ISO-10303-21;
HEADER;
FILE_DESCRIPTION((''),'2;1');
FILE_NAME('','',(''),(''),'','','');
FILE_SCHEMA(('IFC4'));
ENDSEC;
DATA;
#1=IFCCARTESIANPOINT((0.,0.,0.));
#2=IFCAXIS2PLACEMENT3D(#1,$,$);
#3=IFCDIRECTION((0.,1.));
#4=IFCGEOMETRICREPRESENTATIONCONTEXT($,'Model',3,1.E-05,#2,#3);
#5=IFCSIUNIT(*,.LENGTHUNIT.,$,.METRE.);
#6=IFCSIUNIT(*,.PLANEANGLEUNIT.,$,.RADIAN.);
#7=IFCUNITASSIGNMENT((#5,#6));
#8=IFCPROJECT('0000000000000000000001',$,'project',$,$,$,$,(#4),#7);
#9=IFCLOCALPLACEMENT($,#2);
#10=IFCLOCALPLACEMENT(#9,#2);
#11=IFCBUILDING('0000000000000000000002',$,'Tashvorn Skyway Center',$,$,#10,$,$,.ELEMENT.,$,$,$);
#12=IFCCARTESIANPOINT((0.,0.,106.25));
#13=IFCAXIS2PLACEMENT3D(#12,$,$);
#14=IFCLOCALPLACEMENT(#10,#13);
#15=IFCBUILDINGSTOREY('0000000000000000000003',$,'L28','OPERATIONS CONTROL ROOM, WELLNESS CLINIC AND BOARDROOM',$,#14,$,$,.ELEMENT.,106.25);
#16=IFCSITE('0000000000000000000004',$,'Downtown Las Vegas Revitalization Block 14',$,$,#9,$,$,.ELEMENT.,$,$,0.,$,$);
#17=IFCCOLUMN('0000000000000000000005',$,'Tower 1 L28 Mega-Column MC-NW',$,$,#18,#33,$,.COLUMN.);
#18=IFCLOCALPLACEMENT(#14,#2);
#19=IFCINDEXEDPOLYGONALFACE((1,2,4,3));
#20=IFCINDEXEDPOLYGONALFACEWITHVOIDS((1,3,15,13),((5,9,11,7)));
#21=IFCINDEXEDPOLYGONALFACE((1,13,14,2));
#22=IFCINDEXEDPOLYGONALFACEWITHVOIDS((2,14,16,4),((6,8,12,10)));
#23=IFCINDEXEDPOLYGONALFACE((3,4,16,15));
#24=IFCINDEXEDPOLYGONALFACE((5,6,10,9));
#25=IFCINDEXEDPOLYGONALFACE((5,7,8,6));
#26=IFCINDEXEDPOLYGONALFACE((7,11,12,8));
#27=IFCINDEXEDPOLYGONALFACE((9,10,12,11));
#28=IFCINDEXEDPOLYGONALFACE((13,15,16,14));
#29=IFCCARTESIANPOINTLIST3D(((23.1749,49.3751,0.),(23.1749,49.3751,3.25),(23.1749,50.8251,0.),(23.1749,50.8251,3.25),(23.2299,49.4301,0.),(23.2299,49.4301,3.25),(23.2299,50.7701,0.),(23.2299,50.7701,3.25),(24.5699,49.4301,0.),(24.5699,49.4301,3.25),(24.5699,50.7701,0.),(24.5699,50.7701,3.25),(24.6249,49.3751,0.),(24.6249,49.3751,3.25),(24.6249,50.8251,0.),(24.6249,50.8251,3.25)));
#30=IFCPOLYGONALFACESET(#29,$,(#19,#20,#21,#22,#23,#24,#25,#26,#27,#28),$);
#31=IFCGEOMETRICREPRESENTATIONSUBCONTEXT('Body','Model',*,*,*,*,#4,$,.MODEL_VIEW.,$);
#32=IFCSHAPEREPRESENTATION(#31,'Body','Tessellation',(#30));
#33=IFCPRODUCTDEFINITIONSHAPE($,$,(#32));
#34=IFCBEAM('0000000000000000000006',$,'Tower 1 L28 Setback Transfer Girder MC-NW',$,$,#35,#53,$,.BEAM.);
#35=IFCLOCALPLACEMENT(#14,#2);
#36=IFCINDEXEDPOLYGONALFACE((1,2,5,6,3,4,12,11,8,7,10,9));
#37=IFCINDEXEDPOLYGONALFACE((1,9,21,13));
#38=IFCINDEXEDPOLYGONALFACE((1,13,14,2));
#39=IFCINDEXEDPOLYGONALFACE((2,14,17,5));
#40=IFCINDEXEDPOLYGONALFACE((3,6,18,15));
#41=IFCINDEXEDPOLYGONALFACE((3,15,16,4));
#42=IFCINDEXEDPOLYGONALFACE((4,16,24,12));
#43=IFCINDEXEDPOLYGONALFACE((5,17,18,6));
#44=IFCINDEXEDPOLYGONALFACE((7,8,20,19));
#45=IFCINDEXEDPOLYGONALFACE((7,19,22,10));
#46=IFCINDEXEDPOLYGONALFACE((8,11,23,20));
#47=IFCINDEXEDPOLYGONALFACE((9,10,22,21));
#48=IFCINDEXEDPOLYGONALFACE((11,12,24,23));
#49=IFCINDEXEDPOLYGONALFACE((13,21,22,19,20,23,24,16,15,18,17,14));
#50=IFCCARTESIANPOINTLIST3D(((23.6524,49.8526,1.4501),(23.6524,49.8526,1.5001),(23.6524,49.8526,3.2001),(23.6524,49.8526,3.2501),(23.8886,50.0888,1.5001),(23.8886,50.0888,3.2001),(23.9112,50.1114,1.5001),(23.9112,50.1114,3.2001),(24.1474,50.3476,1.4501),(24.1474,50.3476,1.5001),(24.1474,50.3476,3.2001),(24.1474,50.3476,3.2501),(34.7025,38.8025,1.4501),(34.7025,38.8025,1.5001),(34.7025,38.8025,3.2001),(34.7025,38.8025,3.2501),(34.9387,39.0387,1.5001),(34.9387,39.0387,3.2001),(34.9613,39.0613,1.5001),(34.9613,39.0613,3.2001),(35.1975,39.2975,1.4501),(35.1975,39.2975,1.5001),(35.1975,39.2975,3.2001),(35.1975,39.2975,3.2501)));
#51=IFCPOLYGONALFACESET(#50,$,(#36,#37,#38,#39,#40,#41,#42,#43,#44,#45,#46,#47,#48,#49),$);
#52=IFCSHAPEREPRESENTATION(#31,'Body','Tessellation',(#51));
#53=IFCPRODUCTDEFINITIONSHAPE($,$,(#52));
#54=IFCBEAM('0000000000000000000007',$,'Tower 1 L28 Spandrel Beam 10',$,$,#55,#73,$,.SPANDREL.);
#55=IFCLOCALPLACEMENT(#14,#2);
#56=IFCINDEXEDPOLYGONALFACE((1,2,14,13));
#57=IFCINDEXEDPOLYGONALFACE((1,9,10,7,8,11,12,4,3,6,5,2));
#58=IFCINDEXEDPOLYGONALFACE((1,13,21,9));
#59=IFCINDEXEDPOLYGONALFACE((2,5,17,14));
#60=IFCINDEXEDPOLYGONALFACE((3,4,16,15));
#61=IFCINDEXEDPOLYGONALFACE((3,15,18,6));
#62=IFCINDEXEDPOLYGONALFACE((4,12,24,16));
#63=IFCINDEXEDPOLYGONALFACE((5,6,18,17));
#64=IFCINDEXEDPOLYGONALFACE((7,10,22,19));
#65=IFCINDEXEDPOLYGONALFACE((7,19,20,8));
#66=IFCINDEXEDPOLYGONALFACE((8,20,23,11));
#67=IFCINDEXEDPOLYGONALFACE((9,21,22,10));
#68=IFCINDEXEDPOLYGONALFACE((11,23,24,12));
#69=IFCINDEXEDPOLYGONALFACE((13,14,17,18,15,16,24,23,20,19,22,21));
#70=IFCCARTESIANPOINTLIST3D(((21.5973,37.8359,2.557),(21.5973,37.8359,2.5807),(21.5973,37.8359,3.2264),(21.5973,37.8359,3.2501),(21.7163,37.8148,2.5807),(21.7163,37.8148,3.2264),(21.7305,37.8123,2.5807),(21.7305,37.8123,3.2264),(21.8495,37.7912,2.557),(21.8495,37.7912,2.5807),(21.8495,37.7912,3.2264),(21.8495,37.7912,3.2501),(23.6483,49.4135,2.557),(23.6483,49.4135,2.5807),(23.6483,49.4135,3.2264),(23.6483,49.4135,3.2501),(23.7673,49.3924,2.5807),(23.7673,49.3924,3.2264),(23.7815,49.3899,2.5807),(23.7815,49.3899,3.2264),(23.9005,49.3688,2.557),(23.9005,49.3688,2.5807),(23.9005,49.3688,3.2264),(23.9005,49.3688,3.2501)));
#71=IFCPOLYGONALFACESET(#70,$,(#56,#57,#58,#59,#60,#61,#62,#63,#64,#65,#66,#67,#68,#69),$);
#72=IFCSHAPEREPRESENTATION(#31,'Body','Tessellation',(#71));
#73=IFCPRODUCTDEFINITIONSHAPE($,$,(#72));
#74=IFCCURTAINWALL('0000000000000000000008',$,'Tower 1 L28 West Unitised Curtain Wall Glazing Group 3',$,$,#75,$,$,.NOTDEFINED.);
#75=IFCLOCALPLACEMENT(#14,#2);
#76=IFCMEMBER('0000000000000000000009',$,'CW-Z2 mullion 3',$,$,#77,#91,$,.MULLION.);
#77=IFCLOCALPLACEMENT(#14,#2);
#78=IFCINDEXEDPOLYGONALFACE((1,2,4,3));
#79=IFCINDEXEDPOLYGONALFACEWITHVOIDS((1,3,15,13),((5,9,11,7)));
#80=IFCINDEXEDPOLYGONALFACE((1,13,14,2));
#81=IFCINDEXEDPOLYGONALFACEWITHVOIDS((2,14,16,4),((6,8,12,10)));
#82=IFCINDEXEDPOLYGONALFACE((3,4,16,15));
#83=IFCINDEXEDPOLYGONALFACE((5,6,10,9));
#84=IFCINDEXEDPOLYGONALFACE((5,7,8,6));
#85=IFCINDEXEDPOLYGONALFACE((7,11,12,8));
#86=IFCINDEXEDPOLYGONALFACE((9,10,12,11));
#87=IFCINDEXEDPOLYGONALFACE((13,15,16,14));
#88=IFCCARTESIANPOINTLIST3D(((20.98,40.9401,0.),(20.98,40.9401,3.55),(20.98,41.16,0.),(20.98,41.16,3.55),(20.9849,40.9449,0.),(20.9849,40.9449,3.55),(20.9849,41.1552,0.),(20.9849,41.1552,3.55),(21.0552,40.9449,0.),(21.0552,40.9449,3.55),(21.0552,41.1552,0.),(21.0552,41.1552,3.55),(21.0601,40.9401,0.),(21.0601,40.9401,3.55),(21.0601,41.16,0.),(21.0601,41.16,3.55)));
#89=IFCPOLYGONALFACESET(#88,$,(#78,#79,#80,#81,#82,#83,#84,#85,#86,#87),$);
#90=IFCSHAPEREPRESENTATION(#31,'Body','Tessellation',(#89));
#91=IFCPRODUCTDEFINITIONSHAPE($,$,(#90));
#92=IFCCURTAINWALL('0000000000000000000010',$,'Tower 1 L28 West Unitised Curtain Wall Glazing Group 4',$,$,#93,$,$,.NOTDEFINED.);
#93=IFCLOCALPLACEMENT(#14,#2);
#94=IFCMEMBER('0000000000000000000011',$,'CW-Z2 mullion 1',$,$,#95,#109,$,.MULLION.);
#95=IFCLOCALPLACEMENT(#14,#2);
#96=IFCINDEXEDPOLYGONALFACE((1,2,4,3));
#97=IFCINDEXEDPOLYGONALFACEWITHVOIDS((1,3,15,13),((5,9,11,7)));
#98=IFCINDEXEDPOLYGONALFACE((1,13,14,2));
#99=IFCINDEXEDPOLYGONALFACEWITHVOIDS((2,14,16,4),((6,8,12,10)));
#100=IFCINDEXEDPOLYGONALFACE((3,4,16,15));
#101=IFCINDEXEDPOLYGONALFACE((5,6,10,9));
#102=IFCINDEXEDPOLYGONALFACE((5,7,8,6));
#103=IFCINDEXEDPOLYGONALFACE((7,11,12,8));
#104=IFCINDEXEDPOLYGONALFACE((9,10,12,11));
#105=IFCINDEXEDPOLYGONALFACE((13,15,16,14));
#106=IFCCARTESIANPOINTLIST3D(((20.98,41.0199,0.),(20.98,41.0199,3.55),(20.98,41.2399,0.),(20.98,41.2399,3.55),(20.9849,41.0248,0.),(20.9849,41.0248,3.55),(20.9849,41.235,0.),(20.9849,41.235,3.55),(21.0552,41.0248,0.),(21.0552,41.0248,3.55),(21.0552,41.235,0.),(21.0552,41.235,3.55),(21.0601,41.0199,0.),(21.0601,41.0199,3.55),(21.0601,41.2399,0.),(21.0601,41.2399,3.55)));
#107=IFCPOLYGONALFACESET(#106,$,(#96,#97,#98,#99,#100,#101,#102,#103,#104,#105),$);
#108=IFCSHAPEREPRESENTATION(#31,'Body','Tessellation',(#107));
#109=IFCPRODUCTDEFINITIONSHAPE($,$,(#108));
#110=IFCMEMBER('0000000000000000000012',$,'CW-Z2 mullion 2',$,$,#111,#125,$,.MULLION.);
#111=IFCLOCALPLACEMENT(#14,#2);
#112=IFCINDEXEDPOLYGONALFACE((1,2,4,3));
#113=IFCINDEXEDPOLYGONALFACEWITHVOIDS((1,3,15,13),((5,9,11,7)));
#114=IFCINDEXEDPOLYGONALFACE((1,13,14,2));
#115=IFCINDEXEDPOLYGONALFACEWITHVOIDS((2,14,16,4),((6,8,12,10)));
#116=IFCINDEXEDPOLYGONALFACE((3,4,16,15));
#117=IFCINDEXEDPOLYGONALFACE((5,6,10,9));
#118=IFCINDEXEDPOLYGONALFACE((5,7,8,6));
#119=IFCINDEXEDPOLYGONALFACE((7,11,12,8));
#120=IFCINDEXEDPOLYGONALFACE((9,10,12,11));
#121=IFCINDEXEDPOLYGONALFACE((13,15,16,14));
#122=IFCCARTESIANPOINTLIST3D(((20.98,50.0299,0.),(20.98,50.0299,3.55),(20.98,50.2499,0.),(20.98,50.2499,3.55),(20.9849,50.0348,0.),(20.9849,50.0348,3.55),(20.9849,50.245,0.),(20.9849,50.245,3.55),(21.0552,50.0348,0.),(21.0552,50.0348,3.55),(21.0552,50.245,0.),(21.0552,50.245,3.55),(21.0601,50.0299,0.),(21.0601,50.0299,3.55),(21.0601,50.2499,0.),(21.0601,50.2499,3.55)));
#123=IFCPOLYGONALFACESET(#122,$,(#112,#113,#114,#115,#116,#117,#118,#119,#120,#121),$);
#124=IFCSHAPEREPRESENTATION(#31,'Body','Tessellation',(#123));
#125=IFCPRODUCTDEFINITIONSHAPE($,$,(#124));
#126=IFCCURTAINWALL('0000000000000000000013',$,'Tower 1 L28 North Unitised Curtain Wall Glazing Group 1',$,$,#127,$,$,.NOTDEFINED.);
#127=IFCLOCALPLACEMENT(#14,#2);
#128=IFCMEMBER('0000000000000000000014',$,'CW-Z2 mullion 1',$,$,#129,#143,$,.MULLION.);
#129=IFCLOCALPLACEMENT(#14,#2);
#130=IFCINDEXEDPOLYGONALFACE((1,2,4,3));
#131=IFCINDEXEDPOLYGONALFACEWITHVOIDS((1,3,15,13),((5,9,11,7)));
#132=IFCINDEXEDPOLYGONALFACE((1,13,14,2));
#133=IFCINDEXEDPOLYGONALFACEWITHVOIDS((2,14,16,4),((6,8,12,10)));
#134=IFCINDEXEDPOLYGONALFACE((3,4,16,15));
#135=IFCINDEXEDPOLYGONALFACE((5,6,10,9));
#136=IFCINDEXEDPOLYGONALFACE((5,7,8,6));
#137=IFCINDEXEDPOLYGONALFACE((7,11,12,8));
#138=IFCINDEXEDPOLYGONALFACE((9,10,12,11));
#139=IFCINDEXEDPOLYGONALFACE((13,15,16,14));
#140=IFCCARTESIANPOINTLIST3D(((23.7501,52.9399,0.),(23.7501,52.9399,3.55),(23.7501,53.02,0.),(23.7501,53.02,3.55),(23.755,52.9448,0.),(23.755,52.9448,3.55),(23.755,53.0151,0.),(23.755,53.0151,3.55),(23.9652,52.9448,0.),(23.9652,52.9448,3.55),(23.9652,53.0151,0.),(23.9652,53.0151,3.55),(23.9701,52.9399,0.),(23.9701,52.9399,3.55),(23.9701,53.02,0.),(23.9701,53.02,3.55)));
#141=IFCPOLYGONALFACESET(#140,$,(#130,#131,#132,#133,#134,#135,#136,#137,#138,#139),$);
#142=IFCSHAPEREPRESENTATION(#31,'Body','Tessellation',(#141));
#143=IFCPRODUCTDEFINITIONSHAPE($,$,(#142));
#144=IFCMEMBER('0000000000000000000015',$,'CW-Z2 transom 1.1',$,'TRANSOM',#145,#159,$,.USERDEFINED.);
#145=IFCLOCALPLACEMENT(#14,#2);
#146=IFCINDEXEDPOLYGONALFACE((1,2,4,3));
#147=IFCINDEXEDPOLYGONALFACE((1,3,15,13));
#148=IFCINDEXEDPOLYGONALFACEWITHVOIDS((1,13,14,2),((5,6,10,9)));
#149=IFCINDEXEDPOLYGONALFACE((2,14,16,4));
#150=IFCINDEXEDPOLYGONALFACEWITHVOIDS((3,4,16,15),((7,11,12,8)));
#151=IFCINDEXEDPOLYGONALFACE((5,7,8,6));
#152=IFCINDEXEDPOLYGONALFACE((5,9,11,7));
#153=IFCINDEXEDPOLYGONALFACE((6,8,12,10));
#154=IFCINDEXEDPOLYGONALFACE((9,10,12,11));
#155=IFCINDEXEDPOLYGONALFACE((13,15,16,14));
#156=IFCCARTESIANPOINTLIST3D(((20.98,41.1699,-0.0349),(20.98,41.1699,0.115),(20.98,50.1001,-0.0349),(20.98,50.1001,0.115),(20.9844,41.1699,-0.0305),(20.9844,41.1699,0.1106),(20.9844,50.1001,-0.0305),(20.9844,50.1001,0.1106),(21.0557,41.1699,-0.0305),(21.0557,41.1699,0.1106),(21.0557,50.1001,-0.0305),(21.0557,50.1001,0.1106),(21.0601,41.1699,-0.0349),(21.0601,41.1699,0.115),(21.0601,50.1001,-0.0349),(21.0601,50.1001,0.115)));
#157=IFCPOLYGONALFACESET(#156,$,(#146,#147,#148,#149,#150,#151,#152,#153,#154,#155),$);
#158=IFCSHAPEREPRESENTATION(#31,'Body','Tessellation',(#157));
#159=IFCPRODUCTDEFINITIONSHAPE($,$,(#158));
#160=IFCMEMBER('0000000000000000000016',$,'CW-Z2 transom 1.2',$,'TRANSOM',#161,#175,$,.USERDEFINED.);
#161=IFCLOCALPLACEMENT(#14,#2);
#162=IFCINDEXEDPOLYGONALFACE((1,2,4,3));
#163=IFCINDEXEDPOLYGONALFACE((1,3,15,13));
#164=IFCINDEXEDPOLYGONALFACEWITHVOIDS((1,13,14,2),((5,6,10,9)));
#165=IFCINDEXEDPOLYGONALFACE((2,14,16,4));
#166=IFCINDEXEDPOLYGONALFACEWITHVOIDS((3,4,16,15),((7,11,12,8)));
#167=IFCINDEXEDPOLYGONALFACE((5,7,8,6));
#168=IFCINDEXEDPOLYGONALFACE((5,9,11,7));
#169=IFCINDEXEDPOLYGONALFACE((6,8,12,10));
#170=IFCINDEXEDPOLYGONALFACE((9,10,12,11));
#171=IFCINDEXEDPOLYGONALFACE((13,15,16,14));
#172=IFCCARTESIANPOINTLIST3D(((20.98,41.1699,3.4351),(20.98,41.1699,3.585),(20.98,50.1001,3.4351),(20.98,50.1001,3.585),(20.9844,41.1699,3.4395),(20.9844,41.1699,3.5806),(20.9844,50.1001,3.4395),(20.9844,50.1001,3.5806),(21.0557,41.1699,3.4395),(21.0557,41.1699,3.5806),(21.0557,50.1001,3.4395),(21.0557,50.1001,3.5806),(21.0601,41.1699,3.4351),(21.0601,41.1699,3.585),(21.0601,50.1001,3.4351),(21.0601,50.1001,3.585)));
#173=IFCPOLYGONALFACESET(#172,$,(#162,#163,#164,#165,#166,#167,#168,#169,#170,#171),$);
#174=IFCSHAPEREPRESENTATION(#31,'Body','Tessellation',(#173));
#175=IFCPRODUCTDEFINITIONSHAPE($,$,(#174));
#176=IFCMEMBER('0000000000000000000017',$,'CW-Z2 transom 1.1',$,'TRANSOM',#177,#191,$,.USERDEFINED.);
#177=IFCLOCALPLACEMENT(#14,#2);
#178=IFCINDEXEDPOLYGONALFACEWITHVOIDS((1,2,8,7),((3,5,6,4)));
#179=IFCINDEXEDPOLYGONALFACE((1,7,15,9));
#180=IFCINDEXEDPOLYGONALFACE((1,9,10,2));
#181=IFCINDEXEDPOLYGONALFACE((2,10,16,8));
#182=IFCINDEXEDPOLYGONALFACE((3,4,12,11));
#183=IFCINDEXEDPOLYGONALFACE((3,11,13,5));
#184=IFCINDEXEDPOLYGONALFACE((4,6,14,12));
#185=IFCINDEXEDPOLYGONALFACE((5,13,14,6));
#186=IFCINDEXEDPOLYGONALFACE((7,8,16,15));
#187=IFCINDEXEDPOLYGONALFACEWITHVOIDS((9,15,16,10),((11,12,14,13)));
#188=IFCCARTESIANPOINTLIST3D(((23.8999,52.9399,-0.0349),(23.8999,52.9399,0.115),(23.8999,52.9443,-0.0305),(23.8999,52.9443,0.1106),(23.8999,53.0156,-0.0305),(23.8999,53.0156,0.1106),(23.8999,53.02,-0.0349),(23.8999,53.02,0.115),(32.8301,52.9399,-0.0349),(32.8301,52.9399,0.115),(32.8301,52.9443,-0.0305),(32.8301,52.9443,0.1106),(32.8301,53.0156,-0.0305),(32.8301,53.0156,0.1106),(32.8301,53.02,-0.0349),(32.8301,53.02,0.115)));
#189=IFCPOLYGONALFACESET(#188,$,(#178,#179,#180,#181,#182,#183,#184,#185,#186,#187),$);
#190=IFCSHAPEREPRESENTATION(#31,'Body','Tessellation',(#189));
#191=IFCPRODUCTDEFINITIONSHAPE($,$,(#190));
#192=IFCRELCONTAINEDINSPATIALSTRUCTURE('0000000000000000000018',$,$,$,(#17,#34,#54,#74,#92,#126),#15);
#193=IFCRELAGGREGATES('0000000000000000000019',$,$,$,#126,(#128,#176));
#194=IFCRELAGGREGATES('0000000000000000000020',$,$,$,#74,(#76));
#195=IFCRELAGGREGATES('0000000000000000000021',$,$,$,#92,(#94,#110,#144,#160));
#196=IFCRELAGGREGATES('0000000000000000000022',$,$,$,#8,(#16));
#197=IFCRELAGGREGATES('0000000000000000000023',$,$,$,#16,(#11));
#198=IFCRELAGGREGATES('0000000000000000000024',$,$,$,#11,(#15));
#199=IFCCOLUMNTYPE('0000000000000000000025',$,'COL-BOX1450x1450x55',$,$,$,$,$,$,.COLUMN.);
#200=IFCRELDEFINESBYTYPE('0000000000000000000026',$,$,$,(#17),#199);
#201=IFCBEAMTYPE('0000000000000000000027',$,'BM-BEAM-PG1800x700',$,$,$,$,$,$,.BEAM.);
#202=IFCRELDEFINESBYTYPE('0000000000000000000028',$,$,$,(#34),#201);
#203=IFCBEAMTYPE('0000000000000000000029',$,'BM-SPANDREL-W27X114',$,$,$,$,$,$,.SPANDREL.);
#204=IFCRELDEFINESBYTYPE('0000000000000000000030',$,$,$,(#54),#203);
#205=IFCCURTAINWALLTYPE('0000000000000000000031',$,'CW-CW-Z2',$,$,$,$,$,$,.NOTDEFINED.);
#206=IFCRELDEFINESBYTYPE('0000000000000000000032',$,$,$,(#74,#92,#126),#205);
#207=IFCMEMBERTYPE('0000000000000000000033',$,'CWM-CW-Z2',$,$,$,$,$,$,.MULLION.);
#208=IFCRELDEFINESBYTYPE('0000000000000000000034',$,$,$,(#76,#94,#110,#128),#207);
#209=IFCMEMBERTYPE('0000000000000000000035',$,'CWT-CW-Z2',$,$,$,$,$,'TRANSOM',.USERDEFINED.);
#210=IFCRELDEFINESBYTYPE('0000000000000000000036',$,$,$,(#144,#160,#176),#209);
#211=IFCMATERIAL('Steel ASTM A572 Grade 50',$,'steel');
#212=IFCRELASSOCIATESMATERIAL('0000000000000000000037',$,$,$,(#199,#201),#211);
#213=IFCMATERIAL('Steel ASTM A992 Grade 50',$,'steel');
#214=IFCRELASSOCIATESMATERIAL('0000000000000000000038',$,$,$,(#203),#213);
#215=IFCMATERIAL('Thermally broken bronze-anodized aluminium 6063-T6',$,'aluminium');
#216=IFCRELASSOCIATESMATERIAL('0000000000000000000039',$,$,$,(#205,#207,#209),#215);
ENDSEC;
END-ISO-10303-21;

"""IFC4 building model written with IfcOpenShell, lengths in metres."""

from ifc_helpers import new_model, si_unit, direction, frame, origin, origin_2d, place, context, subcontext, project, spatial, hollow_rectangle, i_section, extrude, material, material_profile, profile_set, type_object, element, aggregate, save


model = new_model("IFC4")

# Units and contexts
model_context = context("Model", 3, precision=1e-05, world=origin(), true_north=direction((0.0, 1.0)))
body_context = subcontext(model_context, "Body", "Model", "MODEL_VIEW")
ifc_project = project(units=[si_unit("LENGTHUNIT", "METRE"), si_unit("PLANEANGLEUNIT", "RADIAN")], contexts=[model_context])

# Site, building, storey
site_placement = place(None, origin())
site = spatial("IfcSite", under=ifc_project, at=site_placement, Name="Downtown Las Vegas Revitalization Block 14", CompositionType="ELEMENT", RefElevation=0.0)
building_placement = place(site_placement, origin())
building = spatial("IfcBuilding", under=site, at=building_placement, Name="Tashvorn Skyway Center", CompositionType="ELEMENT")
storey_placement = place(building_placement, frame((0.0, 0.0, 106.25)))
storey = spatial("IfcBuildingStorey", under=building, at=storey_placement, Name="L28", Description="OPERATIONS CONTROL ROOM, WELLNESS CLINIC AND BOARDROOM", CompositionType="ELEMENT", Elevation=106.25)

# Column
ifc_material_1 = material(Name="Steel ASTM A572 Grade 50", Category="steel")
ifc_material_profile_1 = material_profile(ifc_material_1, hollow_rectangle(XDim=1.45, YDim=1.45, WallThickness=0.0549, at=origin_2d()), Name="BOX1450x1450x55")
ifc_profile_set_1 = profile_set([ifc_material_profile_1], Name="Steel ASTM A572 Grade 50")
column_type = type_object("IfcColumnType", Name="COL-BOX1450x1450x55", PredefinedType="COLUMN", material=ifc_profile_set_1)
column_placement = place(storey_placement, frame((23.8999, 50.1001, 0.0), z_axis=(0.0, 0.0, 1.0), x_axis=(1.0, 0.0, 0.0)))
element("IfcColumn", 1, at=column_placement, inside=storey, type_object=column_type, Name="Tower 1 L28 Mega-Column MC-NW", PredefinedType="COLUMN", context=body_context, shape_type="SweptSolid", body=[
    extrude(hollow_rectangle(XDim=1.45, YDim=1.45, WallThickness=0.0549, at=origin_2d()), origin(), (0.0, 0.0, 1.0), 3.25),
])

# Beams
ifc_material_profile_2 = material_profile(ifc_material_1, i_section(OverallWidth=0.7, OverallDepth=1.8, WebThickness=0.032, FlangeThickness=0.05, at=origin_2d()), Name="PG1800x700")
ifc_profile_set_2 = profile_set([ifc_material_profile_2], Name="Steel ASTM A572 Grade 50")
beam_type_1 = type_object("IfcBeamType", Name="BM-BEAM-PG1800x700", PredefinedType="BEAM", material=ifc_profile_set_2)
beam_1_placement = place(storey_placement, frame((23.8999, 50.1001, 2.3501), z_axis=(0.707107, -0.707107, 0.0), x_axis=(0.707107, 0.707107, 0.0)))
element("IfcBeam", 2, at=beam_1_placement, inside=storey, type_object=beam_type_1, Name="Tower 1 L28 Setback Transfer Girder MC-NW", PredefinedType="BEAM", context=body_context, shape_type="SweptSolid", body=[
    extrude(i_section(OverallWidth=0.7, OverallDepth=1.8, WebThickness=0.032, FlangeThickness=0.05, at=origin_2d()), origin(), (0.0, 0.0, 1.0), 15.6272),
])
ifc_material_2 = material(Name="Steel ASTM A992 Grade 50", Category="steel")
ifc_material_profile_3 = material_profile(ifc_material_2, i_section(OverallWidth=0.2561, OverallDepth=0.6931, WebThickness=0.0144, FlangeThickness=0.0237, at=origin_2d()), Name="W27X114")
ifc_profile_set_3 = profile_set([ifc_material_profile_3], Name="Steel ASTM A992 Grade 50")
beam_type_2 = type_object("IfcBeamType", Name="BM-SPANDREL-W27X114", PredefinedType="SPANDREL", material=ifc_profile_set_3)
beam_2_placement = place(storey_placement, frame((23.7744, 49.3911, 2.9036), z_axis=(-0.174438, -0.984668, 0.0), x_axis=(0.984668, -0.174438, 0.0)))
element("IfcBeam", 3, at=beam_2_placement, inside=storey, type_object=beam_type_2, Name="Tower 1 L28 Spandrel Beam 10", PredefinedType="SPANDREL", context=body_context, shape_type="SweptSolid", body=[
    extrude(i_section(OverallWidth=0.2561, OverallDepth=0.6931, WebThickness=0.0144, FlangeThickness=0.0237, at=origin_2d()), origin(), (0.0, 0.0, 1.0), 11.7578),
])

# Curtain wall, member
ifc_material_3 = material(Name="Thermally broken bronze-anodized aluminium 6063-T6", Category="aluminium")
curtain_wall_type = type_object("IfcCurtainWallType", Name="CW-CW-Z2", PredefinedType="NOTDEFINED", material=ifc_material_3)
curtain_wall_1_placement = place(storey_placement, origin())
curtain_wall_1 = element("IfcCurtainWall", 4, at=curtain_wall_1_placement, inside=storey, type_object=curtain_wall_type, Name="Tower 1 L28 West Unitised Curtain Wall Glazing Group 3", PredefinedType="NOTDEFINED")
ifc_material_profile_4 = material_profile(ifc_material_3, hollow_rectangle(XDim=0.0801, YDim=0.22, WallThickness=0.0049, at=origin_2d()), Name="ALU-MULL-80x220")
ifc_profile_set_4 = profile_set([ifc_material_profile_4], Name="Thermally broken bronze-anodized aluminium 6063-T6")
member_type_1 = type_object("IfcMemberType", Name="CWM-CW-Z2", PredefinedType="MULLION", material=ifc_profile_set_4)
member_1_placement = place(storey_placement, frame((21.02, 41.05, 0.0), z_axis=(0.0, 0.0, 1.0), x_axis=(-1.0, 0.0, 0.0)))
member_1 = element("IfcMember", 5, at=member_1_placement, type_object=member_type_1, Name="CW-Z2 mullion 3", PredefinedType="MULLION", context=body_context, shape_type="SweptSolid", body=[
    extrude(hollow_rectangle(XDim=0.0801, YDim=0.22, WallThickness=0.0049, at=origin_2d()), origin(), (0.0, 0.0, 1.0), 3.55),
])

# Curtain wall, members
curtain_wall_2_placement = place(storey_placement, origin())
curtain_wall_2 = element("IfcCurtainWall", 6, at=curtain_wall_2_placement, inside=storey, type_object=curtain_wall_type, Name="Tower 1 L28 West Unitised Curtain Wall Glazing Group 4", PredefinedType="NOTDEFINED")
member_2_placement = place(storey_placement, frame((21.02, 41.1299, 0.0), z_axis=(0.0, 0.0, 1.0), x_axis=(-1.0, 0.0, 0.0)))
member_2 = element("IfcMember", 7, at=member_2_placement, type_object=member_type_1, Name="CW-Z2 mullion 1", PredefinedType="MULLION", context=body_context, shape_type="SweptSolid", body=[
    extrude(hollow_rectangle(XDim=0.0801, YDim=0.22, WallThickness=0.0049, at=origin_2d()), origin(), (0.0, 0.0, 1.0), 3.55),
])
member_3_placement = place(storey_placement, frame((21.02, 50.1399, 0.0), z_axis=(0.0, 0.0, 1.0), x_axis=(-1.0, 0.0, 0.0)))
member_3 = element("IfcMember", 8, at=member_3_placement, type_object=member_type_1, Name="CW-Z2 mullion 2", PredefinedType="MULLION", context=body_context, shape_type="SweptSolid", body=[
    extrude(hollow_rectangle(XDim=0.0801, YDim=0.22, WallThickness=0.0049, at=origin_2d()), origin(), (0.0, 0.0, 1.0), 3.55),
])

# Curtain wall, member
curtain_wall_3_placement = place(storey_placement, origin())
curtain_wall_3 = element("IfcCurtainWall", 9, at=curtain_wall_3_placement, inside=storey, type_object=curtain_wall_type, Name="Tower 1 L28 North Unitised Curtain Wall Glazing Group 1", PredefinedType="NOTDEFINED")
member_4_placement = place(storey_placement, frame((23.8601, 52.98, 0.0), z_axis=(0.0, 0.0, 1.0), x_axis=(0.0, 1.0, 0.0)))
member_4 = element("IfcMember", 10, at=member_4_placement, type_object=member_type_1, Name="CW-Z2 mullion 1", PredefinedType="MULLION", context=body_context, shape_type="SweptSolid", body=[
    extrude(hollow_rectangle(XDim=0.0801, YDim=0.22, WallThickness=0.0049, at=origin_2d()), origin(), (0.0, 0.0, 1.0), 3.55),
])

# Members
ifc_material_profile_5 = material_profile(ifc_material_3, hollow_rectangle(XDim=0.0801, YDim=0.1499, WallThickness=0.0044, at=origin_2d()), Name="ALU-TRAN-80x150")
ifc_profile_set_5 = profile_set([ifc_material_profile_5], Name="Thermally broken bronze-anodized aluminium 6063-T6")
member_type_2 = type_object("IfcMemberType", Name="CWT-CW-Z2", ElementType="TRANSOM", PredefinedType="USERDEFINED", material=ifc_profile_set_5)
member_5_placement = place(storey_placement, frame((21.02, 41.1699, 0.04), z_axis=(0.0, 1.0, 0.0), x_axis=(-1.0, 0.0, 0.0)))
member_5 = element("IfcMember", 11, at=member_5_placement, type_object=member_type_2, Name="CW-Z2 transom 1.1", ObjectType="TRANSOM", PredefinedType="USERDEFINED", context=body_context, shape_type="SweptSolid", body=[
    extrude(hollow_rectangle(XDim=0.0801, YDim=0.1499, WallThickness=0.0044, at=origin_2d()), origin(), (0.0, 0.0, 1.0), 8.9302),
])
member_6_placement = place(storey_placement, frame((21.02, 41.1699, 3.51), z_axis=(0.0, 1.0, 0.0), x_axis=(-1.0, 0.0, 0.0)))
member_6 = element("IfcMember", 12, at=member_6_placement, type_object=member_type_2, Name="CW-Z2 transom 1.2", ObjectType="TRANSOM", PredefinedType="USERDEFINED", context=body_context, shape_type="SweptSolid", body=[
    extrude(hollow_rectangle(XDim=0.0801, YDim=0.1499, WallThickness=0.0044, at=origin_2d()), origin(), (0.0, 0.0, 1.0), 8.9302),
])
member_7_placement = place(storey_placement, frame((23.8999, 52.98, 0.04), z_axis=(1.0, 0.0, 0.0), x_axis=(0.0, 1.0, 0.0)))
member_7 = element("IfcMember", 13, at=member_7_placement, type_object=member_type_2, Name="CW-Z2 transom 1.1", ObjectType="TRANSOM", PredefinedType="USERDEFINED", context=body_context, shape_type="SweptSolid", body=[
    extrude(hollow_rectangle(XDim=0.0801, YDim=0.1499, WallThickness=0.0044, at=origin_2d()), origin(), (0.0, 0.0, 1.0), 8.9302),
])
aggregate(curtain_wall_3, [member_4, member_7])

aggregate(curtain_wall_1, [member_1])
aggregate(curtain_wall_2, [member_2, member_3, member_5, member_6])

save(model, "model.ifc")
